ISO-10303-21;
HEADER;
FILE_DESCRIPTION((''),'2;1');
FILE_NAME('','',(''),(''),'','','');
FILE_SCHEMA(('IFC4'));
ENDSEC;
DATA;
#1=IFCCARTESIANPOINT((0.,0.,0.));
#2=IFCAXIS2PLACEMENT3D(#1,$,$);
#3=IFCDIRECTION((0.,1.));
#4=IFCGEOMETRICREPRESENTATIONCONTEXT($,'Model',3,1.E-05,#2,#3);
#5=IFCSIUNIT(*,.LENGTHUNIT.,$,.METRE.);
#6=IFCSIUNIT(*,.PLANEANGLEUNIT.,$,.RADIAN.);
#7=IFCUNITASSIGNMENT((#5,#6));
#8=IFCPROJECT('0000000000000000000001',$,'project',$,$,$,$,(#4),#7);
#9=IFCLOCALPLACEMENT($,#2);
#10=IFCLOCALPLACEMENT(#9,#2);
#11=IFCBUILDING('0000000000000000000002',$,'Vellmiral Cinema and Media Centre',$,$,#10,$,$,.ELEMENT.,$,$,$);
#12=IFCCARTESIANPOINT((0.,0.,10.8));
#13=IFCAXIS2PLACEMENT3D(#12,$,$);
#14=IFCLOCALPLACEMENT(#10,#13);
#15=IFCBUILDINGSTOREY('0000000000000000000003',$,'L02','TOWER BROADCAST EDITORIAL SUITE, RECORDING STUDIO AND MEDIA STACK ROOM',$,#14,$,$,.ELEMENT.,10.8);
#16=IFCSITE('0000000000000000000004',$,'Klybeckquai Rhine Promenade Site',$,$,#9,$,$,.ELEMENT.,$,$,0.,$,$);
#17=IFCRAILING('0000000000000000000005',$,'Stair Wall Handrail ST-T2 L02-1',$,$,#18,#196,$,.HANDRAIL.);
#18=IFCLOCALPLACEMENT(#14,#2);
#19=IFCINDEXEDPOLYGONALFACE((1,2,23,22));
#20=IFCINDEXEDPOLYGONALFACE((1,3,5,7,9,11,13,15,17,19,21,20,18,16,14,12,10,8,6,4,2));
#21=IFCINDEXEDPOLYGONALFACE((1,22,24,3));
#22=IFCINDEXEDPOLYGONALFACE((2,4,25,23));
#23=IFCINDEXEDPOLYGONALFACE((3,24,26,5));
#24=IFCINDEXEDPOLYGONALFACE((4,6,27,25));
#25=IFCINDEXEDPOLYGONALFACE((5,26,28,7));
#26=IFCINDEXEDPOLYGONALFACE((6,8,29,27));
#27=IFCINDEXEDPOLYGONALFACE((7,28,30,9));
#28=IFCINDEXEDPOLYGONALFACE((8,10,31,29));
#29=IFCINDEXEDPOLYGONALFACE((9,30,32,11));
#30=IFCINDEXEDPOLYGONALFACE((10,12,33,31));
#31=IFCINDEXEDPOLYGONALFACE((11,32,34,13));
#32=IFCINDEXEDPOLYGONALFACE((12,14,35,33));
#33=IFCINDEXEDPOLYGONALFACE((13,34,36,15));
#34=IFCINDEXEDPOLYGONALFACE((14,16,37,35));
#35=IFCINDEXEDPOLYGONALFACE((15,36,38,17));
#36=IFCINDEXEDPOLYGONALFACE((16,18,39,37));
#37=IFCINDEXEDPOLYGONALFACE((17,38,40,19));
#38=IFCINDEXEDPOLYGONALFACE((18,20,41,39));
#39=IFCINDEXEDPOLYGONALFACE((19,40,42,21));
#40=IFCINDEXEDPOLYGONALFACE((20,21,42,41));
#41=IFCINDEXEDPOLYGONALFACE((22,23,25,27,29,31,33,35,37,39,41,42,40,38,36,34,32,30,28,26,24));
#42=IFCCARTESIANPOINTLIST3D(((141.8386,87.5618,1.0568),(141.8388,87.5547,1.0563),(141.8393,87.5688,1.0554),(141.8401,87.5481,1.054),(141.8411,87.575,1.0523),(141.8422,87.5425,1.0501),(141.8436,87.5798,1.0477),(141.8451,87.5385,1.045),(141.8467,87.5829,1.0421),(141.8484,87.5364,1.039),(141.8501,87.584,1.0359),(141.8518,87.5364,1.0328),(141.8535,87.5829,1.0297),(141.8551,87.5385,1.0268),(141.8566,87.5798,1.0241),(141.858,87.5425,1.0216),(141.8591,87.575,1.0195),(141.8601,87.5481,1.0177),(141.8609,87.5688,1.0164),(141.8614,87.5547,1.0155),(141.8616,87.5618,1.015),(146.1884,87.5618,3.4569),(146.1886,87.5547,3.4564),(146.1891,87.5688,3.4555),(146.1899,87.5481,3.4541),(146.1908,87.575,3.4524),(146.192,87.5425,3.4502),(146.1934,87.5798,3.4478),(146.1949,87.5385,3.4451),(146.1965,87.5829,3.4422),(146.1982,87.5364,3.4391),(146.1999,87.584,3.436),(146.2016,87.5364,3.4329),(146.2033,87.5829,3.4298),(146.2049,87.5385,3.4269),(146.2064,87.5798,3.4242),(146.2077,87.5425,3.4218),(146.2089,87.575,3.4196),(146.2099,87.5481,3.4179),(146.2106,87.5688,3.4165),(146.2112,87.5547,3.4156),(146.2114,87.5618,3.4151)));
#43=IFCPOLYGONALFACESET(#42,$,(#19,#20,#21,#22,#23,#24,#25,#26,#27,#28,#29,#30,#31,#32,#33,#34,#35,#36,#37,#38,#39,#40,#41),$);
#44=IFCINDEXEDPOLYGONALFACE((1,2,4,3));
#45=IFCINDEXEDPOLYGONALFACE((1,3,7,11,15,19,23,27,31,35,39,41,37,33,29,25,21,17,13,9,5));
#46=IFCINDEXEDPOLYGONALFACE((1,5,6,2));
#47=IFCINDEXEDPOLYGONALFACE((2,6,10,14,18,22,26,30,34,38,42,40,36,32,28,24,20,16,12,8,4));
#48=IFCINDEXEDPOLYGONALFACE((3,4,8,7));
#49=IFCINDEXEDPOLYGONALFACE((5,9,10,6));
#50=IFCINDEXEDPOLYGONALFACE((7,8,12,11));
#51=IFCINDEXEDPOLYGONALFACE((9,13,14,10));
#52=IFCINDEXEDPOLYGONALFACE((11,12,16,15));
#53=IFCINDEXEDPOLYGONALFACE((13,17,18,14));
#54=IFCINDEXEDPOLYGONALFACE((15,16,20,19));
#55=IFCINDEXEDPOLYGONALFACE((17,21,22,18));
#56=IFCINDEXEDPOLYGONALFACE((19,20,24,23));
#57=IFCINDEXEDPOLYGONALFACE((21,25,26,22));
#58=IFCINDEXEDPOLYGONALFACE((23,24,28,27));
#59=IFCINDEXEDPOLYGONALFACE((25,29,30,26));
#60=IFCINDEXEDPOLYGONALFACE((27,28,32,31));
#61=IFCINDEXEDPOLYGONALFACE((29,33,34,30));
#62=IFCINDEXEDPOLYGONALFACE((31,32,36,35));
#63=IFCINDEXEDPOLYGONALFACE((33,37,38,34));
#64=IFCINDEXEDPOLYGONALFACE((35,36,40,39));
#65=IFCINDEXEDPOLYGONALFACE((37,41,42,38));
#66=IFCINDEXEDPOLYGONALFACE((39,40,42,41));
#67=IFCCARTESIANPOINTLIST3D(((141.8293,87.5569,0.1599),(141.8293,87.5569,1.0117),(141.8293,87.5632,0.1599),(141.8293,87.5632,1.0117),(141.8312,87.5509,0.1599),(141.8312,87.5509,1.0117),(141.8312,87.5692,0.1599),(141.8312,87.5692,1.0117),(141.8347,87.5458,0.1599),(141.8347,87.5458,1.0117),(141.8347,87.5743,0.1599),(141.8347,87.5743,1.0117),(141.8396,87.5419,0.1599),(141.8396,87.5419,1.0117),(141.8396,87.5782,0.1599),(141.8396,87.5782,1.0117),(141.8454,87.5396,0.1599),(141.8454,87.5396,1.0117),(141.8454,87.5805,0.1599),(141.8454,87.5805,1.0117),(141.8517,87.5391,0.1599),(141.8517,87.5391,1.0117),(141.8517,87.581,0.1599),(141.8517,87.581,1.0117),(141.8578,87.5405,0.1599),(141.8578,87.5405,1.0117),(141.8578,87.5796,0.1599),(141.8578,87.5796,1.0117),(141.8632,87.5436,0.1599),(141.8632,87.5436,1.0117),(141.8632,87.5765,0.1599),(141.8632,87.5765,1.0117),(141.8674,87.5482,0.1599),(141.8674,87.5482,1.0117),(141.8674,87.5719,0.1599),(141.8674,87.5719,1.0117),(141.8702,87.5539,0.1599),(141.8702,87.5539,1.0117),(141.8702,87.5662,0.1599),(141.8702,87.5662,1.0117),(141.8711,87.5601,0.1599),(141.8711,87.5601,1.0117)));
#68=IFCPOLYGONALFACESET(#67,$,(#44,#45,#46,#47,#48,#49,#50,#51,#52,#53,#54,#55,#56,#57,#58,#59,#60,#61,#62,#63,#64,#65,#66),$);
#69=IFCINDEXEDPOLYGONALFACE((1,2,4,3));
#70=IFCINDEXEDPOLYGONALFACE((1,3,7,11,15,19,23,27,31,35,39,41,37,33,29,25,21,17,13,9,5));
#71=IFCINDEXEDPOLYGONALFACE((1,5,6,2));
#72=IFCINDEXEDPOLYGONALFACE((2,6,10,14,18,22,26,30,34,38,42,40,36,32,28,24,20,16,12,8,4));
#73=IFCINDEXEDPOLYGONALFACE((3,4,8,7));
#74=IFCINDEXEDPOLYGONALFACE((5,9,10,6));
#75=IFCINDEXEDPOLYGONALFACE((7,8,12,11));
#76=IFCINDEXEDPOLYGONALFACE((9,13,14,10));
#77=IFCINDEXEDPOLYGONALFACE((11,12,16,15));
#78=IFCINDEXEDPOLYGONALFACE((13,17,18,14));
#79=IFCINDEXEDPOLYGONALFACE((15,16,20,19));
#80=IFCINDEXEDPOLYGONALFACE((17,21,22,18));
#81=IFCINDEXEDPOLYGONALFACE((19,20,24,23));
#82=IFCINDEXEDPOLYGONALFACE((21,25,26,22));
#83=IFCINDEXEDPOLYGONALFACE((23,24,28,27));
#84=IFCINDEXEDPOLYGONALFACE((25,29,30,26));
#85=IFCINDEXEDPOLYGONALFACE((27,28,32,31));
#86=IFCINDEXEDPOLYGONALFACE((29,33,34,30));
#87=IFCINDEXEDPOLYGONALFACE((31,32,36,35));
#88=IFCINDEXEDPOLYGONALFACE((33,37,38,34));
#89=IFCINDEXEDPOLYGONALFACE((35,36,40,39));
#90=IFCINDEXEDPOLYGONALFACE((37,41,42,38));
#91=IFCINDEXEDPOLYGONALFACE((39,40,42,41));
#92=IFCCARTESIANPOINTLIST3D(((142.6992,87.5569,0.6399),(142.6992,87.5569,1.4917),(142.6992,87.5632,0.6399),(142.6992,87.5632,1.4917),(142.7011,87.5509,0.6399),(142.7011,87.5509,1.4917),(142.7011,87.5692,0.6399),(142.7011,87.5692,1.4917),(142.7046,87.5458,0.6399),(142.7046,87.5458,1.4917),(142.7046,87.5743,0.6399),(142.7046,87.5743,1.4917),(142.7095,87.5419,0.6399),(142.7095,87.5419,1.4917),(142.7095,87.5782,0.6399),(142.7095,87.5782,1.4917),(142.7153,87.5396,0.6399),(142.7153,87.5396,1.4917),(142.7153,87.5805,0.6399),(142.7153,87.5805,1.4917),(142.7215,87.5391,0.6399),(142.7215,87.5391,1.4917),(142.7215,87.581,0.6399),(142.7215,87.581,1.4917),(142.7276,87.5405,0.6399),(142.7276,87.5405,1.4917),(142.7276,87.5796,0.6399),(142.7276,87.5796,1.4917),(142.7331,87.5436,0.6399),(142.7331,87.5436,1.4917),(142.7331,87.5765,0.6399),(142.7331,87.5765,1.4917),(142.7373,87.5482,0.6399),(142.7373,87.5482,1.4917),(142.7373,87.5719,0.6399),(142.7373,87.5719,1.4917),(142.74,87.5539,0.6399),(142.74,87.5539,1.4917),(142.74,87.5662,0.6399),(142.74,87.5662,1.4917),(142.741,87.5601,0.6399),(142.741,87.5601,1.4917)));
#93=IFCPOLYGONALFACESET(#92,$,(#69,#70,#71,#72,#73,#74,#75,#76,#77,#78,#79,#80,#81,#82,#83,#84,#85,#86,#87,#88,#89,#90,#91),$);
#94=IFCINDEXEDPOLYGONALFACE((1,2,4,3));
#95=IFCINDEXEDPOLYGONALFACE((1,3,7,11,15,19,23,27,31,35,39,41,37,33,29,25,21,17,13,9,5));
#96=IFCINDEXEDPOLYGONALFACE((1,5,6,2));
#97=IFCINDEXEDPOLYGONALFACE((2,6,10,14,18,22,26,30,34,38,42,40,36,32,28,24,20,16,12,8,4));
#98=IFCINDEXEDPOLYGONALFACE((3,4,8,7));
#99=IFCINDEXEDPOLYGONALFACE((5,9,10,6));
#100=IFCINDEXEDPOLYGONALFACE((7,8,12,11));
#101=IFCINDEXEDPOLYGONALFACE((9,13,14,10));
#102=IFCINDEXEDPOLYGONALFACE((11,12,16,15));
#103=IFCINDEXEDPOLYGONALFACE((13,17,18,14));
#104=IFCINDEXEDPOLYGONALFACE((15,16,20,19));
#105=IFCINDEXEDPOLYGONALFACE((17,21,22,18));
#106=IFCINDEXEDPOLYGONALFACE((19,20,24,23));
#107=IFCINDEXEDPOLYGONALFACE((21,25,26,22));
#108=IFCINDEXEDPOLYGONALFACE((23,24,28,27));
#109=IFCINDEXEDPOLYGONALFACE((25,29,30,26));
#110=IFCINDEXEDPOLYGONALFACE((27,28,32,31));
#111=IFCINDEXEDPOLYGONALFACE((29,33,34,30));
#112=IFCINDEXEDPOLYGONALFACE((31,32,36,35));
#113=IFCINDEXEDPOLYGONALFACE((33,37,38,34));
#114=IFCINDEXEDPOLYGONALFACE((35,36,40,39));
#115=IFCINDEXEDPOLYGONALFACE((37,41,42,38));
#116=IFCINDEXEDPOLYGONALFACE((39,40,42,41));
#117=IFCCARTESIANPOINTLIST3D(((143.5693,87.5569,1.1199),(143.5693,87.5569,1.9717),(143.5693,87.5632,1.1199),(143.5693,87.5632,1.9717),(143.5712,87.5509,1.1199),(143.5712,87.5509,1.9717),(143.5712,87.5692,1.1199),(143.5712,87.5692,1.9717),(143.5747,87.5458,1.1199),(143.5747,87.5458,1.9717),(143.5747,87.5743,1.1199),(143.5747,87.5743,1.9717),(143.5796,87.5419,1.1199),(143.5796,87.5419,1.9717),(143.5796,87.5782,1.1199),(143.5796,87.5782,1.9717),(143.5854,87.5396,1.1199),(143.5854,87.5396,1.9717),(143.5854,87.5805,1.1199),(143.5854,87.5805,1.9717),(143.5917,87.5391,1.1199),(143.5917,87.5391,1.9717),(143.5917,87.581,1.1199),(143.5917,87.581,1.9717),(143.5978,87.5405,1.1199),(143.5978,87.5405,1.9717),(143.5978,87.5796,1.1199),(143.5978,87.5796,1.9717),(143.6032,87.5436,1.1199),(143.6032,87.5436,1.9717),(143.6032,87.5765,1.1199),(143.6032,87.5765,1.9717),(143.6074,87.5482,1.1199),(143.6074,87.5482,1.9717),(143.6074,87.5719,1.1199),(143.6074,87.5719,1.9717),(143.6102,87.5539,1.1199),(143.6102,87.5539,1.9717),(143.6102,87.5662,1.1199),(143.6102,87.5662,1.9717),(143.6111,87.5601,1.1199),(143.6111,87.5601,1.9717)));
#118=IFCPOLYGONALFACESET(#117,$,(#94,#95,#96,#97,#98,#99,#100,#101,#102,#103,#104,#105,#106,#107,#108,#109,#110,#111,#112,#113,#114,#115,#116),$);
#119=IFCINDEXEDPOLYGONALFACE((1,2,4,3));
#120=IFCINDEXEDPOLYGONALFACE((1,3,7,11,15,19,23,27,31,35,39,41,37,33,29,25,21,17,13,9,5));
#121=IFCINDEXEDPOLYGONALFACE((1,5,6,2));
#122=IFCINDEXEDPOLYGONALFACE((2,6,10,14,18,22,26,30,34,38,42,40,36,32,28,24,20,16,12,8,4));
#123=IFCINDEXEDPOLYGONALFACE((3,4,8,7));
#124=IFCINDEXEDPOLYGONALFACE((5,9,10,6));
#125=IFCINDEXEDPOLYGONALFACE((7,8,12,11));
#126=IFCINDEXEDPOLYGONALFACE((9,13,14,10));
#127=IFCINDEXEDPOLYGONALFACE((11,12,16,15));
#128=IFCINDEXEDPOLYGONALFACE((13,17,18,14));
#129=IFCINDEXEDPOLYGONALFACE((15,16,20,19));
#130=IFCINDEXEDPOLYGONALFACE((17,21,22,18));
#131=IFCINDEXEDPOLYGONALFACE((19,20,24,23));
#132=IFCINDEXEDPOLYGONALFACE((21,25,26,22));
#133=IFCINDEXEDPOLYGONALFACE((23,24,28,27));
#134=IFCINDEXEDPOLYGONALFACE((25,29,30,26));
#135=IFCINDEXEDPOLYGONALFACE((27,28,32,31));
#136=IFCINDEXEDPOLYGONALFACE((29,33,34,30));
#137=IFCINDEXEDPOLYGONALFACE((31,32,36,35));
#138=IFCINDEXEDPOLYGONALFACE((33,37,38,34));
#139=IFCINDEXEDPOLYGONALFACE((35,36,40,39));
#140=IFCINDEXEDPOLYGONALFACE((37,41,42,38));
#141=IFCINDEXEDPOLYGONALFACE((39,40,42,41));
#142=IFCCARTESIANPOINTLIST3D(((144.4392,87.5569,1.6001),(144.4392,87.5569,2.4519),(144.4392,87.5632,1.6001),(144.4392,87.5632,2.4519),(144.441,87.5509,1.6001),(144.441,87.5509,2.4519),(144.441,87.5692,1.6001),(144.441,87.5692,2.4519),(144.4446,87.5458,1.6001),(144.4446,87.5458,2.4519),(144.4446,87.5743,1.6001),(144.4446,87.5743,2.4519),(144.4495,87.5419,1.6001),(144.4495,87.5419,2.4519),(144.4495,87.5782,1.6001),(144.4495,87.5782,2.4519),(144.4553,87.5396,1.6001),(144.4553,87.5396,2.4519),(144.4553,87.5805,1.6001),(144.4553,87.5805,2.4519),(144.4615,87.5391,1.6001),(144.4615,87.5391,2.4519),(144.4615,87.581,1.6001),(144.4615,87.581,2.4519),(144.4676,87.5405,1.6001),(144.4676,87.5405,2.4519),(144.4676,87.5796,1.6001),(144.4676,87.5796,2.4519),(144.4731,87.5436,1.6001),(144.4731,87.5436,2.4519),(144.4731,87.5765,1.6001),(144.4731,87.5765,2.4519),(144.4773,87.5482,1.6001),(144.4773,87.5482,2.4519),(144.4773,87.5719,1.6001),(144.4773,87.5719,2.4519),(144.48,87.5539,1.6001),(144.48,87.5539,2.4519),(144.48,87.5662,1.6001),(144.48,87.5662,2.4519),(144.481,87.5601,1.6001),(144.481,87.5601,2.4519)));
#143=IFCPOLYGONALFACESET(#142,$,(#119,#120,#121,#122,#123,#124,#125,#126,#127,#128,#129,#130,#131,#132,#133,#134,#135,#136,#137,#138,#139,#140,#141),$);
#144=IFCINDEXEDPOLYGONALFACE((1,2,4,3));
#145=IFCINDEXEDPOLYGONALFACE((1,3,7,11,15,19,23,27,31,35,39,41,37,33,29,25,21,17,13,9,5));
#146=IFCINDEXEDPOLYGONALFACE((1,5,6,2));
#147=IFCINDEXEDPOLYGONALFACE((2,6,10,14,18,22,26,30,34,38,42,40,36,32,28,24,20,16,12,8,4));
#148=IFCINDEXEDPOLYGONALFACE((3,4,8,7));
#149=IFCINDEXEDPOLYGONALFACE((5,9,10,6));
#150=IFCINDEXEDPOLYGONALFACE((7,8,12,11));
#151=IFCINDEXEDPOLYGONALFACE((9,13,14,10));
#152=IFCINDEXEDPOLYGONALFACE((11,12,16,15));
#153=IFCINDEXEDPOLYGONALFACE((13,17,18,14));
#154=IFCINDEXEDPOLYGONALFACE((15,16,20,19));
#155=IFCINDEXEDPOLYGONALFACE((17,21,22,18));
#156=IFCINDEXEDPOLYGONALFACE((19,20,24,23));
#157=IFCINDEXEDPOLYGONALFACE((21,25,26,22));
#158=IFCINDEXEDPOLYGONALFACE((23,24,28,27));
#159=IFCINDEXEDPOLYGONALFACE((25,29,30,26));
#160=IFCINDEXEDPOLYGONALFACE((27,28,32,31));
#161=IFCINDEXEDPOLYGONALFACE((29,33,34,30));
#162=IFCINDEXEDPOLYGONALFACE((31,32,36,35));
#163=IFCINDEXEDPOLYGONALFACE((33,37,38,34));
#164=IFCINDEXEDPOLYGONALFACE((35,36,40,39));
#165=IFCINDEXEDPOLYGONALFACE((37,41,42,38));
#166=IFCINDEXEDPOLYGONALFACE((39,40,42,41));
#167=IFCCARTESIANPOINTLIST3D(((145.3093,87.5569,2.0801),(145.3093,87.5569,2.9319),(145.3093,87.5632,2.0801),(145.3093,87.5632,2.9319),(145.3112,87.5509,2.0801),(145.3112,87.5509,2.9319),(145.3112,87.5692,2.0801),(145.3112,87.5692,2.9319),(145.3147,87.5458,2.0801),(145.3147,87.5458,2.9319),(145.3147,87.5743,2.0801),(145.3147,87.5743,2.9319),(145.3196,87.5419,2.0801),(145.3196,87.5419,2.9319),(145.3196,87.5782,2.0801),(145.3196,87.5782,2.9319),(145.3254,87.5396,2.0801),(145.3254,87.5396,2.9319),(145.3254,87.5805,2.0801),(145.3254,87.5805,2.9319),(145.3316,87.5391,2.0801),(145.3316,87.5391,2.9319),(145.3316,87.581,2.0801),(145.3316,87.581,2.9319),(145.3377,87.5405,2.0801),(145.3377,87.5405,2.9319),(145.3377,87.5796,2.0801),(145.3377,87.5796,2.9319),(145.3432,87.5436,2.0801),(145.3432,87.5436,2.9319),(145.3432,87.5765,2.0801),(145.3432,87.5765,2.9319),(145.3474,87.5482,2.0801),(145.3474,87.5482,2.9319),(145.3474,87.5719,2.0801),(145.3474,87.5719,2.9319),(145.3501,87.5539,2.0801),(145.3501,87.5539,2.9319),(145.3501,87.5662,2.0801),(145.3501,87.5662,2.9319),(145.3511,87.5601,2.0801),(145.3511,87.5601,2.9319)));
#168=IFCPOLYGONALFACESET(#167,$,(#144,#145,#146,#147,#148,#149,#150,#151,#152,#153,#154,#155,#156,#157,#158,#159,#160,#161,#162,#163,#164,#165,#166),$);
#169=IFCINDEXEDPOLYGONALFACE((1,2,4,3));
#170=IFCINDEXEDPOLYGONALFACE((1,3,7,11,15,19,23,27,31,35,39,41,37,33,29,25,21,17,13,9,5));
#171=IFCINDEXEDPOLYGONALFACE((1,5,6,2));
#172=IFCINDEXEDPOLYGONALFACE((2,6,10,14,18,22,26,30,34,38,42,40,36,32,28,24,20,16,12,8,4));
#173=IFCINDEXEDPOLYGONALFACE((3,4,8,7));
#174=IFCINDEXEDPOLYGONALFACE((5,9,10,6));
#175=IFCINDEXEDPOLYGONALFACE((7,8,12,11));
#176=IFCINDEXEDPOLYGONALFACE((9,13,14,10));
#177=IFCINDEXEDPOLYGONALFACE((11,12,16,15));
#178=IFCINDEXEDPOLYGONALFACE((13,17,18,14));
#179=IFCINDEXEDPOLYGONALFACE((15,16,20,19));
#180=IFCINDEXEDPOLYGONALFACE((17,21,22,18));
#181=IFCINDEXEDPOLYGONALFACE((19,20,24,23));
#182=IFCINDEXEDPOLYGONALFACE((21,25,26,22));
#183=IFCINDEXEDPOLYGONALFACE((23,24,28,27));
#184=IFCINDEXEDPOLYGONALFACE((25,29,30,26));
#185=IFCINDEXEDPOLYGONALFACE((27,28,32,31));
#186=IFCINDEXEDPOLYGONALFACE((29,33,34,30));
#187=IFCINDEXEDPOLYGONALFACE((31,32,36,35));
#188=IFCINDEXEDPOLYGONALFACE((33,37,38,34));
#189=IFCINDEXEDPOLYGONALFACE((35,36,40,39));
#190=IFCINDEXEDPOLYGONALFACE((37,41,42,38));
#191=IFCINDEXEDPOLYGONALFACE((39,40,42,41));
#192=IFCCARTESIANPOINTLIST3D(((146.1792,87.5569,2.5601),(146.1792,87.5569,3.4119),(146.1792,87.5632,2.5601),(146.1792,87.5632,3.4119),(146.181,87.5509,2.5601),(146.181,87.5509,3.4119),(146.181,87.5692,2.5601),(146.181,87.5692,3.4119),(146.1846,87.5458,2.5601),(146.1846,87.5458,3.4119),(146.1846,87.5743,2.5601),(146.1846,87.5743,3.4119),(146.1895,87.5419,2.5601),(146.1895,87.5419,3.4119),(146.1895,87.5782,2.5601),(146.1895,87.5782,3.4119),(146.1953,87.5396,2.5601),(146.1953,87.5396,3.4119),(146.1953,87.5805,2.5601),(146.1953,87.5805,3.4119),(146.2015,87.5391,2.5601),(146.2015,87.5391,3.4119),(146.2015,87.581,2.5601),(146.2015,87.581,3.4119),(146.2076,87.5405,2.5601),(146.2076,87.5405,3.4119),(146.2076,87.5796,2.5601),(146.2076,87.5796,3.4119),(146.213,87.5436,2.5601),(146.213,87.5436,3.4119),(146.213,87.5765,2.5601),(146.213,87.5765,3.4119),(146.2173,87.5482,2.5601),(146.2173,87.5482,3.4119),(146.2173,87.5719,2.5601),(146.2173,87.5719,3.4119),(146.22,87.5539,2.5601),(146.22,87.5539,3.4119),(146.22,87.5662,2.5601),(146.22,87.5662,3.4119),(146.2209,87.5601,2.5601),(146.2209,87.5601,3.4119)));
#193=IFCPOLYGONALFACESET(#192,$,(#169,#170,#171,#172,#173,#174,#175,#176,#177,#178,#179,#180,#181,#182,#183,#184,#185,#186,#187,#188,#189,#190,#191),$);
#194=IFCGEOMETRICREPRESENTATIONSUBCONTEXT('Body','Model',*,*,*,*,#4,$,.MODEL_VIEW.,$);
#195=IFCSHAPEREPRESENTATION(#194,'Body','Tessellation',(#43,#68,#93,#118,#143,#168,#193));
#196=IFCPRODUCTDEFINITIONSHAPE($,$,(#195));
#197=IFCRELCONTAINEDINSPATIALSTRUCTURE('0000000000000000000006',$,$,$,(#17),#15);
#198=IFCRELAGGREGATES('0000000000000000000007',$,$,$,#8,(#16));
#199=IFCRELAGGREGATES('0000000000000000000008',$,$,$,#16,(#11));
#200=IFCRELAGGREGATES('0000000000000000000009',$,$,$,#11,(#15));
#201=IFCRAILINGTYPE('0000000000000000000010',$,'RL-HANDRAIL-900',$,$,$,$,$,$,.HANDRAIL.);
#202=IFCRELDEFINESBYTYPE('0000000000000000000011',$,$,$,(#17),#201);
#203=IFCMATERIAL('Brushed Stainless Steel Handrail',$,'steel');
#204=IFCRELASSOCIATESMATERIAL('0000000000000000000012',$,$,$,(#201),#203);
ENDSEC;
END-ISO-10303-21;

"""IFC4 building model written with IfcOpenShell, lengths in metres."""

from ifc_helpers import new_model, si_unit, direction, frame, origin, origin_2d, place, context, subcontext, project, spatial, circle, extrude, material, type_object, element, save


model = new_model("IFC4")

# Units and contexts
model_context = context("Model", 3, precision=1e-05, world=origin(), true_north=direction((0.0, 1.0)))
body_context = subcontext(model_context, "Body", "Model", "MODEL_VIEW")
ifc_project = project(units=[si_unit("LENGTHUNIT", "METRE"), si_unit("PLANEANGLEUNIT", "RADIAN")], contexts=[model_context])

# Site, building, storey
site_placement = place(None, origin())
site = spatial("IfcSite", under=ifc_project, at=site_placement, Name="Klybeckquai Rhine Promenade Site", CompositionType="ELEMENT", RefElevation=0.0)
building_placement = place(site_placement, origin())
building = spatial("IfcBuilding", under=site, at=building_placement, Name="Vellmiral Cinema and Media Centre", CompositionType="ELEMENT")
storey_placement = place(building_placement, frame((0.0, 0.0, 10.8)))
storey = spatial("IfcBuildingStorey", under=building, at=storey_placement, Name="L02", Description="TOWER BROADCAST EDITORIAL SUITE, RECORDING STUDIO AND MEDIA STACK ROOM", CompositionType="ELEMENT", Elevation=10.8)

# Railing
ifc_material_1 = material(Name="Brushed Stainless Steel Handrail", Category="steel")
railing_type = type_object("IfcRailingType", Name="RL-HANDRAIL-900", PredefinedType="HANDRAIL", material=ifc_material_1)
railing_placement = place(storey_placement, frame((141.8501, 87.5601, 0.1599)))
element("IfcRailing", 1, at=railing_placement, inside=storey, type_object=railing_type, Name="Stair Wall Handrail ST-T2 L02-1", PredefinedType="HANDRAIL", context=body_context, shape_type="SweptSolid", body=[
    extrude(circle(Radius=0.0239, at=origin_2d()), frame((0.0, 0.0, 0.876), z_axis=(0.875558, 0.0, 0.483112), x_axis=(0.0, 1.0, 0.0)), (0.0, 0.0, 1.0), 4.968),
    extrude(circle(Radius=0.021, at=origin_2d()), origin(), (0.0, 0.0, 1.0), 0.8518),
    extrude(circle(Radius=0.021, at=origin_2d()), frame((0.8699, 0.0, 0.48)), (0.0, 0.0, 1.0), 0.8518),
    extrude(circle(Radius=0.021, at=origin_2d()), frame((1.74, 0.0, 0.96)), (0.0, 0.0, 1.0), 0.8518),
    extrude(circle(Radius=0.021, at=origin_2d()), frame((2.6099, 0.0, 1.4402)), (0.0, 0.0, 1.0), 0.8518),
    extrude(circle(Radius=0.021, at=origin_2d()), frame((3.48, 0.0, 1.9202)), (0.0, 0.0, 1.0), 0.8518),
    extrude(circle(Radius=0.021, at=origin_2d()), frame((4.3499, 0.0, 2.4001)), (0.0, 0.0, 1.0), 0.8518),
])

save(model, "model.ifc")
